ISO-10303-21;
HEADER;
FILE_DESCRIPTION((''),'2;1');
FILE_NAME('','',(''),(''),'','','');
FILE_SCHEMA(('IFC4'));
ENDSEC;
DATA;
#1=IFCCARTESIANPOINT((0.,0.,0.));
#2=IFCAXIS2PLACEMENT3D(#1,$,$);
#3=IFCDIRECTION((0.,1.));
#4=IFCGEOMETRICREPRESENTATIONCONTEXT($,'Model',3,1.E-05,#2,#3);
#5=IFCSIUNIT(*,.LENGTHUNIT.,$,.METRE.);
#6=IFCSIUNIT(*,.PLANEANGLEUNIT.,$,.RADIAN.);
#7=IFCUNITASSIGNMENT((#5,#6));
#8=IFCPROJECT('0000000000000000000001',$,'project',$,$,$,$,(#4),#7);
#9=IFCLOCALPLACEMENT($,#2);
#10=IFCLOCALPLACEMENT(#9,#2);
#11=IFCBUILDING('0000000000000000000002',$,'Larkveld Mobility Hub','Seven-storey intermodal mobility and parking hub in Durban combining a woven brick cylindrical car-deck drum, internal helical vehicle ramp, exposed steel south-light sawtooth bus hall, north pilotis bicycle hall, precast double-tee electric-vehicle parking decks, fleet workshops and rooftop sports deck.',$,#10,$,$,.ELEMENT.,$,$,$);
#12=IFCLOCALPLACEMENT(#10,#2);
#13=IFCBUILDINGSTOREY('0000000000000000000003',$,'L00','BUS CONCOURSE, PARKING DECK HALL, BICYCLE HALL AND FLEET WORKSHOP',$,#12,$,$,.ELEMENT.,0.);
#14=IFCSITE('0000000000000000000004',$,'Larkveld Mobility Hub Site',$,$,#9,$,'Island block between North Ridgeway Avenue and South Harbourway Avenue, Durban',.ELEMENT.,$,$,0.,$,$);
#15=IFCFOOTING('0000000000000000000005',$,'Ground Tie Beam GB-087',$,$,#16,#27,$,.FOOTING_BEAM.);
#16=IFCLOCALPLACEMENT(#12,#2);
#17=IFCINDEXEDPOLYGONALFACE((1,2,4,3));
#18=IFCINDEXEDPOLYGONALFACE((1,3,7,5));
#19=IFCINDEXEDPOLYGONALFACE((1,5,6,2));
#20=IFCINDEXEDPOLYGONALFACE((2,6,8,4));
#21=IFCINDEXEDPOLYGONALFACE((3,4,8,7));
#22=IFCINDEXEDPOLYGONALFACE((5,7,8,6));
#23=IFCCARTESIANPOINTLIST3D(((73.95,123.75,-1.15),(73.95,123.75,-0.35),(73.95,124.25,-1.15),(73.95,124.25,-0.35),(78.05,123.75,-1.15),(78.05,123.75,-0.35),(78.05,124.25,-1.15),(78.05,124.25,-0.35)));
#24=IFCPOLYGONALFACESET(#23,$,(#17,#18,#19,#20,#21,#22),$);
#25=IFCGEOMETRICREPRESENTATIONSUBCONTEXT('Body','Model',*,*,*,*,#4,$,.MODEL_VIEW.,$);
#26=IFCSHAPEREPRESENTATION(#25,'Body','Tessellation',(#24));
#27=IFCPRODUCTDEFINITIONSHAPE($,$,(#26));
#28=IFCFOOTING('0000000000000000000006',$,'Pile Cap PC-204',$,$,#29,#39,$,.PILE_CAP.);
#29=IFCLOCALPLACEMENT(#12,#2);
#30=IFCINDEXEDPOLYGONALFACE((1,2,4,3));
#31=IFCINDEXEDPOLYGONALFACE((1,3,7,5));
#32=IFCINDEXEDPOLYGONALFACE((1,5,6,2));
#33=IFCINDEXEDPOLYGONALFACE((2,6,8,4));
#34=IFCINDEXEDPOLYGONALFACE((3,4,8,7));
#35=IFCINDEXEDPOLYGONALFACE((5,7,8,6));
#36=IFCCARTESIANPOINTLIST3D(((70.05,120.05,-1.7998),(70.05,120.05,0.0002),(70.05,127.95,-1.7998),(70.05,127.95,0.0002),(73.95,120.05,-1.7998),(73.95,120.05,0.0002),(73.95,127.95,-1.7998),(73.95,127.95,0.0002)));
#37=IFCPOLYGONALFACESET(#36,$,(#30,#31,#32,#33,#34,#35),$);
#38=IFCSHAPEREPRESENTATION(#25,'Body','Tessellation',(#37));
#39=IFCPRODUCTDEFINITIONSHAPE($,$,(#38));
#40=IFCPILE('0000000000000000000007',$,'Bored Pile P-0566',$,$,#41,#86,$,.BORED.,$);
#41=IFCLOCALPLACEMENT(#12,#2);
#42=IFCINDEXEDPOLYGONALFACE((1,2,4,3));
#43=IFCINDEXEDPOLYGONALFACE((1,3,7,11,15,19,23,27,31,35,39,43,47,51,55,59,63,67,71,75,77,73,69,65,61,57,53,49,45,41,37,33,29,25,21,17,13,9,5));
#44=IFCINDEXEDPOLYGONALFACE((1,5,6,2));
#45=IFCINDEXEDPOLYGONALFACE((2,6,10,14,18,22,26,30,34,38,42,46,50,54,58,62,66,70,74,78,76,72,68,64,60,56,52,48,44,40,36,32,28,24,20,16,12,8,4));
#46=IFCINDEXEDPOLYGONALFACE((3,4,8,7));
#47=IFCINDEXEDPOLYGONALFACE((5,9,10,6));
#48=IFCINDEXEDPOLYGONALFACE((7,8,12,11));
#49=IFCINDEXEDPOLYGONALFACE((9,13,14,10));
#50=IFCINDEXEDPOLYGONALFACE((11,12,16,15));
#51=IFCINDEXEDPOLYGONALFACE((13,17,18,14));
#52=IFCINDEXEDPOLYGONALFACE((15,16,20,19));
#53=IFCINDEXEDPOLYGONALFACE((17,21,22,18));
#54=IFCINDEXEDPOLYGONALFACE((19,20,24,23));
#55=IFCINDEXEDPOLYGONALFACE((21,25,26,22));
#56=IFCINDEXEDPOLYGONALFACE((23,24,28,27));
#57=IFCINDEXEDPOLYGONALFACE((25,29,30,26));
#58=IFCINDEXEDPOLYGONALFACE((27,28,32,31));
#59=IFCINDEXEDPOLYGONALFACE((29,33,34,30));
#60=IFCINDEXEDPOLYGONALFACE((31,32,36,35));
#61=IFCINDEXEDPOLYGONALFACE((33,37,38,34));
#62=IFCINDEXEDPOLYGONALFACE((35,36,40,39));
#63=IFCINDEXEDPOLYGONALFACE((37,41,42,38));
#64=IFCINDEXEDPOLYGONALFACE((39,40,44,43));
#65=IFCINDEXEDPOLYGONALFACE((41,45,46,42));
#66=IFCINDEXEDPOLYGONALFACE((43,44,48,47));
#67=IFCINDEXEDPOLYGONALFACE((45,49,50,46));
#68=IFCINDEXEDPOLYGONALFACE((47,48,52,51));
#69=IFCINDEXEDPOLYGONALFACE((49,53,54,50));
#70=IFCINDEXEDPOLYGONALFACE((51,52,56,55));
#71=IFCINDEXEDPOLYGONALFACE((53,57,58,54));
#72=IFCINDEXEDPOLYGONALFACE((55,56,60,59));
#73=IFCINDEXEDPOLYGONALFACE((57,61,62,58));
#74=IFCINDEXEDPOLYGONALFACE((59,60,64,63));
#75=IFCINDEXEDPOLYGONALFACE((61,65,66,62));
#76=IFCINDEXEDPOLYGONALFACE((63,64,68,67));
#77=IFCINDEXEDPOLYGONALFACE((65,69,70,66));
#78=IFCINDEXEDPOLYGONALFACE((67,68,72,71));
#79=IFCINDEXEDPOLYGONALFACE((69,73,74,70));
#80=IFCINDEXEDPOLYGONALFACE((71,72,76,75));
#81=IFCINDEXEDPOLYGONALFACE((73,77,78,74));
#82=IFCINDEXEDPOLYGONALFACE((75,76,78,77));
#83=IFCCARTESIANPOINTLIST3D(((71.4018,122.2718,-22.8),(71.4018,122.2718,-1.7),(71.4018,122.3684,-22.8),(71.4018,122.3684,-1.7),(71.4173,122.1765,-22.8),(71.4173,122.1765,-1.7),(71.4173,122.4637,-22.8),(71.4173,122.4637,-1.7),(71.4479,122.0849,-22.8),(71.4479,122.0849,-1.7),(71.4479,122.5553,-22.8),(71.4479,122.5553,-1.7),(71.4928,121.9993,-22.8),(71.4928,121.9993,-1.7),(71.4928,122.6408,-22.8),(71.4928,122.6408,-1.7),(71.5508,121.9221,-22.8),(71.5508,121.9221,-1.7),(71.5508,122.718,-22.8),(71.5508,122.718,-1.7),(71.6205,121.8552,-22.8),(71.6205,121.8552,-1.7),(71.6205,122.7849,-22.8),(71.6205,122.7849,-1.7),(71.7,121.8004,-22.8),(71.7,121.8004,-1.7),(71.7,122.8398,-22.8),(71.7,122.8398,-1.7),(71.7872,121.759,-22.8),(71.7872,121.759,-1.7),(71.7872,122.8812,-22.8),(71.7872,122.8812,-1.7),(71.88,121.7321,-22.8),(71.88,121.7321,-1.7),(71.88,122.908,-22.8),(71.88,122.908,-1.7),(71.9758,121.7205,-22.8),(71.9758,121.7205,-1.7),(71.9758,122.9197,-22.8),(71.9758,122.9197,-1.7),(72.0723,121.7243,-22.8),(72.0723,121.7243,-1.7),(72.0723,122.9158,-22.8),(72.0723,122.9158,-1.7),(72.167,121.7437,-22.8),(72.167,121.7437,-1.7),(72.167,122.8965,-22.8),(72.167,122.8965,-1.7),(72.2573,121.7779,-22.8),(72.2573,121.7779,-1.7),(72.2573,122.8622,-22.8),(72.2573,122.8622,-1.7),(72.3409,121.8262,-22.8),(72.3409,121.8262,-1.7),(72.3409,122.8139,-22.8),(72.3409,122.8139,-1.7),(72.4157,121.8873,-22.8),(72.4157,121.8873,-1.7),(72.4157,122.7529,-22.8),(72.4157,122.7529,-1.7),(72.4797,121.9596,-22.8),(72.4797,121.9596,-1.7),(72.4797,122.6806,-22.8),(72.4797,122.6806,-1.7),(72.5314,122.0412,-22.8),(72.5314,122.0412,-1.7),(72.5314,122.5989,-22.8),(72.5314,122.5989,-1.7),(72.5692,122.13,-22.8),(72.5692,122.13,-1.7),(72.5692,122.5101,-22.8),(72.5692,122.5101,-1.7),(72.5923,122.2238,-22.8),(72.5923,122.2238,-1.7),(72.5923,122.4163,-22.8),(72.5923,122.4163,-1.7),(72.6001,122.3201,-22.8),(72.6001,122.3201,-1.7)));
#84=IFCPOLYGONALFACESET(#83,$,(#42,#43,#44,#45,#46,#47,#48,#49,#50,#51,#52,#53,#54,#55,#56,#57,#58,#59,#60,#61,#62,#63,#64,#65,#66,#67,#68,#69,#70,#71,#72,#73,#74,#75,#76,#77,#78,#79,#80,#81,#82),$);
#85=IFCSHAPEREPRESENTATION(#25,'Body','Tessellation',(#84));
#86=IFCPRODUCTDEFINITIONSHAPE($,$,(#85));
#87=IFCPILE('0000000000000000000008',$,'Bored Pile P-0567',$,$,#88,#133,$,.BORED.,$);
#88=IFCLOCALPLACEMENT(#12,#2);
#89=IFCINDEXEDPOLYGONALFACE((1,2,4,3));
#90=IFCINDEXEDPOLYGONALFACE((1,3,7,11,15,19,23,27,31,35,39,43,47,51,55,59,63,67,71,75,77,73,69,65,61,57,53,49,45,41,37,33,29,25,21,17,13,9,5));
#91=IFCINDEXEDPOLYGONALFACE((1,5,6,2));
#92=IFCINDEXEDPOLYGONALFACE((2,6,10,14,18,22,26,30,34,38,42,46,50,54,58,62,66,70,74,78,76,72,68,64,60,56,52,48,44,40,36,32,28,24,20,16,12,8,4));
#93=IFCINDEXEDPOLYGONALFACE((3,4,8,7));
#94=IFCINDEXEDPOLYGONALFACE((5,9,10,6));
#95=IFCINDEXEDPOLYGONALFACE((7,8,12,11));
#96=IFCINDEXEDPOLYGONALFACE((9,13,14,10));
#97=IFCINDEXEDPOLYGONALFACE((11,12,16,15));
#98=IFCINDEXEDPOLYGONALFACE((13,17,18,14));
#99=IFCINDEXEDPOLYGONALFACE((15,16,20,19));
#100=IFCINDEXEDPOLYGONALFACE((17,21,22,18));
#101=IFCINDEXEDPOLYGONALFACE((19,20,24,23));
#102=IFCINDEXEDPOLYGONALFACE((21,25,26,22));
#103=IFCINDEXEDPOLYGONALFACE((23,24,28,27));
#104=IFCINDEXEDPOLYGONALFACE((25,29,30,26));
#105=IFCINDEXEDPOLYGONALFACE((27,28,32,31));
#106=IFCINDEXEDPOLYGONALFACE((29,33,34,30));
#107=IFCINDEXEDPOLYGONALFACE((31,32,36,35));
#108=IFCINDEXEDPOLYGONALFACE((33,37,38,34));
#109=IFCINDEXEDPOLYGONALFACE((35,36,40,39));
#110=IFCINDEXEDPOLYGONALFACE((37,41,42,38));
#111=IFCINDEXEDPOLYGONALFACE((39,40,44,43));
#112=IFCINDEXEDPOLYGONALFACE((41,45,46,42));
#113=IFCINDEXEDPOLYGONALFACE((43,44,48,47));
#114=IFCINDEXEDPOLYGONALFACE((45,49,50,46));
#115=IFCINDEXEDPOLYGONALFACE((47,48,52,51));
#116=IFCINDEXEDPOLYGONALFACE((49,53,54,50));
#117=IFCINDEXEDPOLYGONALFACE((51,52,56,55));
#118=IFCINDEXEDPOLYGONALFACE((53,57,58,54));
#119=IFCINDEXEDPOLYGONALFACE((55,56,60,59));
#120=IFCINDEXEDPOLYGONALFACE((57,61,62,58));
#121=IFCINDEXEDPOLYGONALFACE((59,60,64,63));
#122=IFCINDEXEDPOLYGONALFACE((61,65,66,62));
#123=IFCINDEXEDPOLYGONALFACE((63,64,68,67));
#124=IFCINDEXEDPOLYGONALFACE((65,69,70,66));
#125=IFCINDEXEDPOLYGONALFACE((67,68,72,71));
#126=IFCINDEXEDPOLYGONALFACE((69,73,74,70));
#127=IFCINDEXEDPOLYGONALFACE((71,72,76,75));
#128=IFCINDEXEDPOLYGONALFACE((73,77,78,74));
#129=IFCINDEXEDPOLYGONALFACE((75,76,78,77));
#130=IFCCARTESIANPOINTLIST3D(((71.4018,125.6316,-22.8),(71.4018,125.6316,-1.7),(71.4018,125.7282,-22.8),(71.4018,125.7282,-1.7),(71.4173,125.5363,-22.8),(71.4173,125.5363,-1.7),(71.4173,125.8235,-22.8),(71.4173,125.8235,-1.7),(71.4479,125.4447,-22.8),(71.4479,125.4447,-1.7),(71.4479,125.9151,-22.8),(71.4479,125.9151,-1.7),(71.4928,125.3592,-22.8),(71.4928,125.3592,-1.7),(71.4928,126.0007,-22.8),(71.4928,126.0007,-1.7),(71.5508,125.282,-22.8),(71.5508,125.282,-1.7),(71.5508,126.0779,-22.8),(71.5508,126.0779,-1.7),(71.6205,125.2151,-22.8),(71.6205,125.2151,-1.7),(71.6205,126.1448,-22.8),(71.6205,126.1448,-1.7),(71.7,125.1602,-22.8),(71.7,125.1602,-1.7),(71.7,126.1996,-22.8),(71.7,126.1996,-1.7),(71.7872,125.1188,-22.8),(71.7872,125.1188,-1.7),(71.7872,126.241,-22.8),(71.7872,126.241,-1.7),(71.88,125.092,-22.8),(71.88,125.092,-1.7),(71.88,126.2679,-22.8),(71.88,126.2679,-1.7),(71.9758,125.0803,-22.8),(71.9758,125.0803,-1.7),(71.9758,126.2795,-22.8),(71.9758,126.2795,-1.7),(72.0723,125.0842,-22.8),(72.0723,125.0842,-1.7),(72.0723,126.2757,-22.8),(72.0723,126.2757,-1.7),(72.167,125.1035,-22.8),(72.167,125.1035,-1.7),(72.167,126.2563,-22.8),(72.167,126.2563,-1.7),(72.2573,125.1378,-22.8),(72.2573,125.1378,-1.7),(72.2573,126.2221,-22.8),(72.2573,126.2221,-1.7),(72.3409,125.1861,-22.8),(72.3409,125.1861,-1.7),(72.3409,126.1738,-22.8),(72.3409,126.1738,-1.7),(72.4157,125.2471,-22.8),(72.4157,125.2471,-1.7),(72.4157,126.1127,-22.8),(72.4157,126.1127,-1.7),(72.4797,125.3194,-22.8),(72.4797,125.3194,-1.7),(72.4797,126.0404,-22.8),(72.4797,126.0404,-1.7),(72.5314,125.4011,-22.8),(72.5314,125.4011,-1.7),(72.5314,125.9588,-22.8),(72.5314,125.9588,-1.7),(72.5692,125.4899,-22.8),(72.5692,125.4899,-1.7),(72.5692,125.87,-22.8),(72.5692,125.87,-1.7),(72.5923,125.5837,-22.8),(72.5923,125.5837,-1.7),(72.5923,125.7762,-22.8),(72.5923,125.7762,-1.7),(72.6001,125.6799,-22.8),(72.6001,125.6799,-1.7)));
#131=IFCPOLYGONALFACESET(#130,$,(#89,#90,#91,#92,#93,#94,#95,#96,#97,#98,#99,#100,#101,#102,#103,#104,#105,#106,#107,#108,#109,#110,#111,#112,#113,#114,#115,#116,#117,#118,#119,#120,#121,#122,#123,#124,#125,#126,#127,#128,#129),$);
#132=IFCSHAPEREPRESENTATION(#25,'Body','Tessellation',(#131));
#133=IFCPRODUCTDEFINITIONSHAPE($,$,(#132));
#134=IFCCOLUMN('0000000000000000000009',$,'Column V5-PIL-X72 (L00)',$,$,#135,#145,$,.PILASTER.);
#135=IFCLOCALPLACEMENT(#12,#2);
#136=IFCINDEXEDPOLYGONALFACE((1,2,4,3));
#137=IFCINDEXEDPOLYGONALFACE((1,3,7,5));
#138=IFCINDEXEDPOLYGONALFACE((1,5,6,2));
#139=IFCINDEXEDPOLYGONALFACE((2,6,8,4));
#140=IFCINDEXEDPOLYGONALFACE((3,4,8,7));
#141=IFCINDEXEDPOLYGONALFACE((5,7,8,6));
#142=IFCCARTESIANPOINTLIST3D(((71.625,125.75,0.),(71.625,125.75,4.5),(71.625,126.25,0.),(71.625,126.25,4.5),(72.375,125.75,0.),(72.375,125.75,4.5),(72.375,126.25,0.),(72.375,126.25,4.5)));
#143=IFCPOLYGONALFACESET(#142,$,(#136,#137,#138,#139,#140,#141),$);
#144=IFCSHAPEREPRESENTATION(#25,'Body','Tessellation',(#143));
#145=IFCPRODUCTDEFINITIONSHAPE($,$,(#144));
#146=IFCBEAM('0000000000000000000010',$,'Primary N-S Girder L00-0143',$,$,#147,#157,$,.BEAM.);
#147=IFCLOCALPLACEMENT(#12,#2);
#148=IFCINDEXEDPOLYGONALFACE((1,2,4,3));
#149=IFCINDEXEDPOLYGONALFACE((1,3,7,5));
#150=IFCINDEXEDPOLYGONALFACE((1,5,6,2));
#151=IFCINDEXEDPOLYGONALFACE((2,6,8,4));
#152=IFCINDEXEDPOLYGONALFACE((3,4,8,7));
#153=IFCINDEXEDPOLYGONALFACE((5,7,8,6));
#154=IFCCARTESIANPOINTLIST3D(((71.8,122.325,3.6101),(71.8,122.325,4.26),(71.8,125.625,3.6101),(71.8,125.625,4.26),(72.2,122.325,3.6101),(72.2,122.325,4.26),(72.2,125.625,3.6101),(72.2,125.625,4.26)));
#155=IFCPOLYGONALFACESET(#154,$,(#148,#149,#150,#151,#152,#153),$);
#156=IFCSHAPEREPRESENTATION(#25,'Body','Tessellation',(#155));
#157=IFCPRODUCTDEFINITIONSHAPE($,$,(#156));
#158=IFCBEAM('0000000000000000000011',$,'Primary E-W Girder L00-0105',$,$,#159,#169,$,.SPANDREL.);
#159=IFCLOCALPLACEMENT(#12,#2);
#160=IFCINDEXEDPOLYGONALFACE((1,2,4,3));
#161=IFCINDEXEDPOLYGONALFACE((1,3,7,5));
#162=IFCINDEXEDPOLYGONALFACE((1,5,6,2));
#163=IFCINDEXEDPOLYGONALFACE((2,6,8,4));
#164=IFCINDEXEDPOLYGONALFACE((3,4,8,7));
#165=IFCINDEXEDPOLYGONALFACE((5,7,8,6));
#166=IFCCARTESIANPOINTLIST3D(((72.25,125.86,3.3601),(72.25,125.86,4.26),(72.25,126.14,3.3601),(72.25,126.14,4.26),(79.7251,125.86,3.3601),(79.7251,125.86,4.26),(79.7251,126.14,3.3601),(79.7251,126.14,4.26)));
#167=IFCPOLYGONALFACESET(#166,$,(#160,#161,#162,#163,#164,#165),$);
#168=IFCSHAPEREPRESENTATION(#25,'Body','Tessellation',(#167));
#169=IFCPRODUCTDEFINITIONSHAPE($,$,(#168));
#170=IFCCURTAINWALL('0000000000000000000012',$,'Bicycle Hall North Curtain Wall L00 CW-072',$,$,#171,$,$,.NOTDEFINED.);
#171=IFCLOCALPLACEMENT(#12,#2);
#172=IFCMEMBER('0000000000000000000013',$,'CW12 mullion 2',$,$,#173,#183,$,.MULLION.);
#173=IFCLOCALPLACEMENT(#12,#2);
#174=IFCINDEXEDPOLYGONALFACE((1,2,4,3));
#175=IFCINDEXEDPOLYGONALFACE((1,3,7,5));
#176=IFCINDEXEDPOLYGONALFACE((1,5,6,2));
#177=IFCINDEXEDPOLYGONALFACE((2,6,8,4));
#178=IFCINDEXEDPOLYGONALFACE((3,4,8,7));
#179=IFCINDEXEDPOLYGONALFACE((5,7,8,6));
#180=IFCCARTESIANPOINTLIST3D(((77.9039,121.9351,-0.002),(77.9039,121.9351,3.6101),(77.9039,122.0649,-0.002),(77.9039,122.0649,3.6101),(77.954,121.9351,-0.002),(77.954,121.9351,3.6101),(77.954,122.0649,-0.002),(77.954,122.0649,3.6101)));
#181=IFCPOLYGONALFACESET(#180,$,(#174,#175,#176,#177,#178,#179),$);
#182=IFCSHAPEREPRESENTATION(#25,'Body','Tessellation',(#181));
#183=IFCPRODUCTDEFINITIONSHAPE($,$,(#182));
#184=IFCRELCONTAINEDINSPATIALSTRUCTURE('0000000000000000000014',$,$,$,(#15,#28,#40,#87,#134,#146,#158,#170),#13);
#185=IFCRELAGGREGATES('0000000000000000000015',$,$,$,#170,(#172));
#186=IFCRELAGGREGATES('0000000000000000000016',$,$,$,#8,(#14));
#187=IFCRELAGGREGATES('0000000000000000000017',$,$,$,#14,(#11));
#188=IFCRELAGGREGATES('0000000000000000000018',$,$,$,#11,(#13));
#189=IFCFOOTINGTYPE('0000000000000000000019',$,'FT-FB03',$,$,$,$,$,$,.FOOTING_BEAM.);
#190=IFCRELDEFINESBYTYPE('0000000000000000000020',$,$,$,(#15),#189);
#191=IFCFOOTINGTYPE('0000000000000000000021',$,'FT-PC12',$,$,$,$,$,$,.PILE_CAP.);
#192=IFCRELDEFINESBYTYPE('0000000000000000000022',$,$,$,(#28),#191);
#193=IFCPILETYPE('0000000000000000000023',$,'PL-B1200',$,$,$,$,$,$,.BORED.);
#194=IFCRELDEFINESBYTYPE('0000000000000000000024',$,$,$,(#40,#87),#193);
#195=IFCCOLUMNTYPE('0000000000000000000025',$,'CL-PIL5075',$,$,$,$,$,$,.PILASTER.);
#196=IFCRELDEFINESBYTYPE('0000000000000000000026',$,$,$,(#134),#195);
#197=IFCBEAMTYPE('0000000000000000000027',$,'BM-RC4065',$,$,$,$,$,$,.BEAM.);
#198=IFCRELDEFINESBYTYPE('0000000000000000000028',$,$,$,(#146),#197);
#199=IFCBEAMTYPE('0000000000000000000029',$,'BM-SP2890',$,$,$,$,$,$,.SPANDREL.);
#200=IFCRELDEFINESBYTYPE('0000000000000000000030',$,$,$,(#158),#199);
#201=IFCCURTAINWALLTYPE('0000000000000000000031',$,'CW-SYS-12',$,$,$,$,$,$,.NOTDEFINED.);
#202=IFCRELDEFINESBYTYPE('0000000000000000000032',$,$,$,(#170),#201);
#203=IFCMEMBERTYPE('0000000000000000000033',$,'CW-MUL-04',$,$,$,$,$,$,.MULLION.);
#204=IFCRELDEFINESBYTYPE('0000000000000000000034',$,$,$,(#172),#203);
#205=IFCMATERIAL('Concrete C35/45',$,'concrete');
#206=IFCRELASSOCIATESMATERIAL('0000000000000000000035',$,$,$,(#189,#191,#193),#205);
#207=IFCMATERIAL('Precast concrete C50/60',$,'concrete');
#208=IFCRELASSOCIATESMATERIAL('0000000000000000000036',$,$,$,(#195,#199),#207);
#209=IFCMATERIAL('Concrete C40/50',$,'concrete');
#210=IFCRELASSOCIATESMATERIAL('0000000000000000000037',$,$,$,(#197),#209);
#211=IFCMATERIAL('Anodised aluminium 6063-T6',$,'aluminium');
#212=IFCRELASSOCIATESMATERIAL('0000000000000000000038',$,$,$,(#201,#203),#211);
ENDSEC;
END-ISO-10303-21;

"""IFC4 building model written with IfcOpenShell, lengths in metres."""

from ifc_helpers import new_model, si_unit, direction, frame, origin, origin_2d, place, context, subcontext, project, spatial, rectangle, circle, extrude, material, material_profile, profile_set, type_object, element, aggregate, save


model = new_model("IFC4")

# Units and contexts
model_context = context("Model", 3, precision=1e-05, world=origin(), true_north=direction((0.0, 1.0)))
body_context = subcontext(model_context, "Body", "Model", "MODEL_VIEW")
ifc_project = project(units=[si_unit("LENGTHUNIT", "METRE"), si_unit("PLANEANGLEUNIT", "RADIAN")], contexts=[model_context])

# Site, building, storey
site_placement = place(None, origin())
site = spatial("IfcSite", under=ifc_project, at=site_placement, Name="Larkveld Mobility Hub Site", LongName="Island block between North Ridgeway Avenue and South Harbourway Avenue, Durban", CompositionType="ELEMENT", RefElevation=0.0)
building_placement = place(site_placement, origin())
building = spatial("IfcBuilding", under=site, at=building_placement, Name="Larkveld Mobility Hub", Description="Seven-storey intermodal mobility and parking hub in Durban combining a woven brick cylindrical car-deck drum, internal helical vehicle ramp, exposed steel south-light sawtooth bus hall, north pilotis bicycle hall, precast double-tee electric-vehicle parking decks, fleet workshops and rooftop sports deck.", CompositionType="ELEMENT")
storey_placement = place(building_placement, origin())
storey = spatial("IfcBuildingStorey", under=building, at=storey_placement, Name="L00", Description="BUS CONCOURSE, PARKING DECK HALL, BICYCLE HALL AND FLEET WORKSHOP", CompositionType="ELEMENT", Elevation=0.0)

# Footings
ifc_material_1 = material(Name="Concrete C35/45", Category="concrete")
ifc_material_profile_1 = material_profile(ifc_material_1, rectangle(XDim=0.5, YDim=0.8, at=origin_2d()), Name="RC BM 500x800")
ifc_profile_set_1 = profile_set([ifc_material_profile_1], Name="Concrete C35/45")
footing_type_1 = type_object("IfcFootingType", Name="FT-FB03", PredefinedType="FOOTING_BEAM", material=ifc_profile_set_1)
footing_1_placement = place(storey_placement, frame((73.95, 124.0, -0.75), z_axis=(1.0, 0.0, 0.0), x_axis=(0.0, 1.0, 0.0)))
element("IfcFooting", 1, at=footing_1_placement, inside=storey, type_object=footing_type_1, Name="Ground Tie Beam GB-087", PredefinedType="FOOTING_BEAM", context=body_context, shape_type="SweptSolid", body=[
    extrude(rectangle(XDim=0.5, YDim=0.8, at=origin_2d()), origin(), (0.0, 0.0, 1.0), 4.1001),
])
footing_type_2 = type_object("IfcFootingType", Name="FT-PC12", PredefinedType="PILE_CAP", material=ifc_material_1)
footing_2_placement = place(storey_placement, frame((72.0, 124.0, -1.7998), z_axis=(0.0, 0.0, 1.0), x_axis=(1.0, 0.0, 0.0)))
element("IfcFooting", 2, at=footing_2_placement, inside=storey, type_object=footing_type_2, Name="Pile Cap PC-204", PredefinedType="PILE_CAP", context=body_context, shape_type="SweptSolid", body=[
    extrude(rectangle(XDim=3.8999, YDim=7.8999, at=origin_2d()), origin(), (0.0, 0.0, 1.0), 1.8),
])

# Piles
ifc_material_profile_2 = material_profile(ifc_material_1, circle(Radius=0.6001, at=origin_2d()), Name="PILE D1200")
ifc_profile_set_2 = profile_set([ifc_material_profile_2], Name="Concrete C35/45")
pile_type = type_object("IfcPileType", Name="PL-B1200", PredefinedType="BORED", material=ifc_profile_set_2)
for number, where, z_axis, x_axis, name in (
    (3, (72.0, 122.3201, -1.7), (0.0, 0.0, -1.0), (1.0, 0.0, 0.0), "Bored Pile P-0566"),
    (4, (72.0, 125.6799, -1.7), (0.0, 0.0, -1.0), (1.0, 0.0, 0.0), "Bored Pile P-0567"),
):
    element("IfcPile", number, at=place(storey_placement, frame(where, z_axis=z_axis, x_axis=x_axis)), inside=storey, type_object=pile_type, Name=name, PredefinedType="BORED", context=body_context, shape_type="SweptSolid", body=[
        extrude(circle(Radius=0.6001, at=origin_2d()), origin(), (0.0, 0.0, 1.0), 21.1001),
    ])

# Column
ifc_material_2 = material(Name="Precast concrete C50/60", Category="concrete")
ifc_material_profile_3 = material_profile(ifc_material_2, rectangle(XDim=0.5, YDim=0.75, at=origin_2d()), Name="PC PIL 500x750")
ifc_profile_set_3 = profile_set([ifc_material_profile_3], Name="Precast concrete C50/60")
column_type = type_object("IfcColumnType", Name="CL-PIL5075", PredefinedType="PILASTER", material=ifc_profile_set_3)
column_placement = place(storey_placement, frame((72.0, 126.0, 0.0), z_axis=(0.0, 0.0, 1.0), x_axis=(0.0, 1.0, 0.0)))
element("IfcColumn", 5, at=column_placement, inside=storey, type_object=column_type, Name="Column V5-PIL-X72 (L00)", PredefinedType="PILASTER", context=body_context, shape_type="SweptSolid", body=[
    extrude(rectangle(XDim=0.5, YDim=0.75, at=origin_2d()), origin(), (0.0, 0.0, 1.0), 4.5),
])

# Beams
ifc_material_3 = material(Name="Concrete C40/50", Category="concrete")
ifc_material_profile_4 = material_profile(ifc_material_3, rectangle(XDim=0.3999, YDim=0.6499, at=origin_2d()), Name="RC BM 400x650")
ifc_profile_set_4 = profile_set([ifc_material_profile_4], Name="Concrete C40/50")
beam_type_1 = type_object("IfcBeamType", Name="BM-RC4065", PredefinedType="BEAM", material=ifc_profile_set_4)
beam_1_placement = place(storey_placement, frame((72.0, 122.325, 3.9351), z_axis=(0.0, 1.0, 0.0), x_axis=(-1.0, 0.0, 0.0)))
element("IfcBeam", 6, at=beam_1_placement, inside=storey, type_object=beam_type_1, Name="Primary N-S Girder L00-0143", PredefinedType="BEAM", context=body_context, shape_type="SweptSolid", body=[
    extrude(rectangle(XDim=0.3999, YDim=0.6499, at=origin_2d()), origin(), (0.0, 0.0, 1.0), 3.3),
])
ifc_material_profile_5 = material_profile(ifc_material_2, rectangle(XDim=0.28, YDim=0.8999, at=origin_2d()), Name="PC SP 280x900")
ifc_profile_set_5 = profile_set([ifc_material_profile_5], Name="Precast concrete C50/60")
beam_type_2 = type_object("IfcBeamType", Name="BM-SP2890", PredefinedType="SPANDREL", material=ifc_profile_set_5)
beam_2_placement = place(storey_placement, frame((72.25, 126.0, 3.8101), z_axis=(1.0, 0.0, 0.0), x_axis=(0.0, 1.0, 0.0)))
element("IfcBeam", 7, at=beam_2_placement, inside=storey, type_object=beam_type_2, Name="Primary E-W Girder L00-0105", PredefinedType="SPANDREL", context=body_context, shape_type="SweptSolid", body=[
    extrude(rectangle(XDim=0.28, YDim=0.8999, at=origin_2d()), origin(), (0.0, 0.0, 1.0), 7.4751),
])

# Curtain wall, member
ifc_material_4 = material(Name="Anodised aluminium 6063-T6", Category="aluminium")
curtain_wall_type = type_object("IfcCurtainWallType", Name="CW-SYS-12", PredefinedType="NOTDEFINED", material=ifc_material_4)
curtain_wall_placement = place(storey_placement, origin())
curtain_wall = element("IfcCurtainWall", 8, at=curtain_wall_placement, inside=storey, type_object=curtain_wall_type, Name="Bicycle Hall North Curtain Wall L00 CW-072", PredefinedType="NOTDEFINED")
ifc_material_profile_6 = material_profile(ifc_material_4, rectangle(XDim=0.05, YDim=0.1299, at=origin_2d()), Name="ALU MULL 50x130")
ifc_profile_set_6 = profile_set([ifc_material_profile_6], Name="Anodised aluminium 6063-T6")
member_type_1 = type_object("IfcMemberType", Name="CW-MUL-04", PredefinedType="MULLION", material=ifc_profile_set_6)
member_1_placement = place(storey_placement, frame((77.929, 122.0, -0.002), z_axis=(0.0, 0.0, 1.0), x_axis=(-1.0, 0.0, 0.0)))
member_1 = element("IfcMember", 9, at=member_1_placement, type_object=member_type_1, Name="CW12 mullion 2", PredefinedType="MULLION", context=body_context, shape_type="SweptSolid", body=[
    extrude(rectangle(XDim=0.05, YDim=0.1299, at=origin_2d()), origin(), (0.0, 0.0, 1.0), 3.6121),
])
aggregate(curtain_wall, [member_1])

save(model, "model.ifc")
